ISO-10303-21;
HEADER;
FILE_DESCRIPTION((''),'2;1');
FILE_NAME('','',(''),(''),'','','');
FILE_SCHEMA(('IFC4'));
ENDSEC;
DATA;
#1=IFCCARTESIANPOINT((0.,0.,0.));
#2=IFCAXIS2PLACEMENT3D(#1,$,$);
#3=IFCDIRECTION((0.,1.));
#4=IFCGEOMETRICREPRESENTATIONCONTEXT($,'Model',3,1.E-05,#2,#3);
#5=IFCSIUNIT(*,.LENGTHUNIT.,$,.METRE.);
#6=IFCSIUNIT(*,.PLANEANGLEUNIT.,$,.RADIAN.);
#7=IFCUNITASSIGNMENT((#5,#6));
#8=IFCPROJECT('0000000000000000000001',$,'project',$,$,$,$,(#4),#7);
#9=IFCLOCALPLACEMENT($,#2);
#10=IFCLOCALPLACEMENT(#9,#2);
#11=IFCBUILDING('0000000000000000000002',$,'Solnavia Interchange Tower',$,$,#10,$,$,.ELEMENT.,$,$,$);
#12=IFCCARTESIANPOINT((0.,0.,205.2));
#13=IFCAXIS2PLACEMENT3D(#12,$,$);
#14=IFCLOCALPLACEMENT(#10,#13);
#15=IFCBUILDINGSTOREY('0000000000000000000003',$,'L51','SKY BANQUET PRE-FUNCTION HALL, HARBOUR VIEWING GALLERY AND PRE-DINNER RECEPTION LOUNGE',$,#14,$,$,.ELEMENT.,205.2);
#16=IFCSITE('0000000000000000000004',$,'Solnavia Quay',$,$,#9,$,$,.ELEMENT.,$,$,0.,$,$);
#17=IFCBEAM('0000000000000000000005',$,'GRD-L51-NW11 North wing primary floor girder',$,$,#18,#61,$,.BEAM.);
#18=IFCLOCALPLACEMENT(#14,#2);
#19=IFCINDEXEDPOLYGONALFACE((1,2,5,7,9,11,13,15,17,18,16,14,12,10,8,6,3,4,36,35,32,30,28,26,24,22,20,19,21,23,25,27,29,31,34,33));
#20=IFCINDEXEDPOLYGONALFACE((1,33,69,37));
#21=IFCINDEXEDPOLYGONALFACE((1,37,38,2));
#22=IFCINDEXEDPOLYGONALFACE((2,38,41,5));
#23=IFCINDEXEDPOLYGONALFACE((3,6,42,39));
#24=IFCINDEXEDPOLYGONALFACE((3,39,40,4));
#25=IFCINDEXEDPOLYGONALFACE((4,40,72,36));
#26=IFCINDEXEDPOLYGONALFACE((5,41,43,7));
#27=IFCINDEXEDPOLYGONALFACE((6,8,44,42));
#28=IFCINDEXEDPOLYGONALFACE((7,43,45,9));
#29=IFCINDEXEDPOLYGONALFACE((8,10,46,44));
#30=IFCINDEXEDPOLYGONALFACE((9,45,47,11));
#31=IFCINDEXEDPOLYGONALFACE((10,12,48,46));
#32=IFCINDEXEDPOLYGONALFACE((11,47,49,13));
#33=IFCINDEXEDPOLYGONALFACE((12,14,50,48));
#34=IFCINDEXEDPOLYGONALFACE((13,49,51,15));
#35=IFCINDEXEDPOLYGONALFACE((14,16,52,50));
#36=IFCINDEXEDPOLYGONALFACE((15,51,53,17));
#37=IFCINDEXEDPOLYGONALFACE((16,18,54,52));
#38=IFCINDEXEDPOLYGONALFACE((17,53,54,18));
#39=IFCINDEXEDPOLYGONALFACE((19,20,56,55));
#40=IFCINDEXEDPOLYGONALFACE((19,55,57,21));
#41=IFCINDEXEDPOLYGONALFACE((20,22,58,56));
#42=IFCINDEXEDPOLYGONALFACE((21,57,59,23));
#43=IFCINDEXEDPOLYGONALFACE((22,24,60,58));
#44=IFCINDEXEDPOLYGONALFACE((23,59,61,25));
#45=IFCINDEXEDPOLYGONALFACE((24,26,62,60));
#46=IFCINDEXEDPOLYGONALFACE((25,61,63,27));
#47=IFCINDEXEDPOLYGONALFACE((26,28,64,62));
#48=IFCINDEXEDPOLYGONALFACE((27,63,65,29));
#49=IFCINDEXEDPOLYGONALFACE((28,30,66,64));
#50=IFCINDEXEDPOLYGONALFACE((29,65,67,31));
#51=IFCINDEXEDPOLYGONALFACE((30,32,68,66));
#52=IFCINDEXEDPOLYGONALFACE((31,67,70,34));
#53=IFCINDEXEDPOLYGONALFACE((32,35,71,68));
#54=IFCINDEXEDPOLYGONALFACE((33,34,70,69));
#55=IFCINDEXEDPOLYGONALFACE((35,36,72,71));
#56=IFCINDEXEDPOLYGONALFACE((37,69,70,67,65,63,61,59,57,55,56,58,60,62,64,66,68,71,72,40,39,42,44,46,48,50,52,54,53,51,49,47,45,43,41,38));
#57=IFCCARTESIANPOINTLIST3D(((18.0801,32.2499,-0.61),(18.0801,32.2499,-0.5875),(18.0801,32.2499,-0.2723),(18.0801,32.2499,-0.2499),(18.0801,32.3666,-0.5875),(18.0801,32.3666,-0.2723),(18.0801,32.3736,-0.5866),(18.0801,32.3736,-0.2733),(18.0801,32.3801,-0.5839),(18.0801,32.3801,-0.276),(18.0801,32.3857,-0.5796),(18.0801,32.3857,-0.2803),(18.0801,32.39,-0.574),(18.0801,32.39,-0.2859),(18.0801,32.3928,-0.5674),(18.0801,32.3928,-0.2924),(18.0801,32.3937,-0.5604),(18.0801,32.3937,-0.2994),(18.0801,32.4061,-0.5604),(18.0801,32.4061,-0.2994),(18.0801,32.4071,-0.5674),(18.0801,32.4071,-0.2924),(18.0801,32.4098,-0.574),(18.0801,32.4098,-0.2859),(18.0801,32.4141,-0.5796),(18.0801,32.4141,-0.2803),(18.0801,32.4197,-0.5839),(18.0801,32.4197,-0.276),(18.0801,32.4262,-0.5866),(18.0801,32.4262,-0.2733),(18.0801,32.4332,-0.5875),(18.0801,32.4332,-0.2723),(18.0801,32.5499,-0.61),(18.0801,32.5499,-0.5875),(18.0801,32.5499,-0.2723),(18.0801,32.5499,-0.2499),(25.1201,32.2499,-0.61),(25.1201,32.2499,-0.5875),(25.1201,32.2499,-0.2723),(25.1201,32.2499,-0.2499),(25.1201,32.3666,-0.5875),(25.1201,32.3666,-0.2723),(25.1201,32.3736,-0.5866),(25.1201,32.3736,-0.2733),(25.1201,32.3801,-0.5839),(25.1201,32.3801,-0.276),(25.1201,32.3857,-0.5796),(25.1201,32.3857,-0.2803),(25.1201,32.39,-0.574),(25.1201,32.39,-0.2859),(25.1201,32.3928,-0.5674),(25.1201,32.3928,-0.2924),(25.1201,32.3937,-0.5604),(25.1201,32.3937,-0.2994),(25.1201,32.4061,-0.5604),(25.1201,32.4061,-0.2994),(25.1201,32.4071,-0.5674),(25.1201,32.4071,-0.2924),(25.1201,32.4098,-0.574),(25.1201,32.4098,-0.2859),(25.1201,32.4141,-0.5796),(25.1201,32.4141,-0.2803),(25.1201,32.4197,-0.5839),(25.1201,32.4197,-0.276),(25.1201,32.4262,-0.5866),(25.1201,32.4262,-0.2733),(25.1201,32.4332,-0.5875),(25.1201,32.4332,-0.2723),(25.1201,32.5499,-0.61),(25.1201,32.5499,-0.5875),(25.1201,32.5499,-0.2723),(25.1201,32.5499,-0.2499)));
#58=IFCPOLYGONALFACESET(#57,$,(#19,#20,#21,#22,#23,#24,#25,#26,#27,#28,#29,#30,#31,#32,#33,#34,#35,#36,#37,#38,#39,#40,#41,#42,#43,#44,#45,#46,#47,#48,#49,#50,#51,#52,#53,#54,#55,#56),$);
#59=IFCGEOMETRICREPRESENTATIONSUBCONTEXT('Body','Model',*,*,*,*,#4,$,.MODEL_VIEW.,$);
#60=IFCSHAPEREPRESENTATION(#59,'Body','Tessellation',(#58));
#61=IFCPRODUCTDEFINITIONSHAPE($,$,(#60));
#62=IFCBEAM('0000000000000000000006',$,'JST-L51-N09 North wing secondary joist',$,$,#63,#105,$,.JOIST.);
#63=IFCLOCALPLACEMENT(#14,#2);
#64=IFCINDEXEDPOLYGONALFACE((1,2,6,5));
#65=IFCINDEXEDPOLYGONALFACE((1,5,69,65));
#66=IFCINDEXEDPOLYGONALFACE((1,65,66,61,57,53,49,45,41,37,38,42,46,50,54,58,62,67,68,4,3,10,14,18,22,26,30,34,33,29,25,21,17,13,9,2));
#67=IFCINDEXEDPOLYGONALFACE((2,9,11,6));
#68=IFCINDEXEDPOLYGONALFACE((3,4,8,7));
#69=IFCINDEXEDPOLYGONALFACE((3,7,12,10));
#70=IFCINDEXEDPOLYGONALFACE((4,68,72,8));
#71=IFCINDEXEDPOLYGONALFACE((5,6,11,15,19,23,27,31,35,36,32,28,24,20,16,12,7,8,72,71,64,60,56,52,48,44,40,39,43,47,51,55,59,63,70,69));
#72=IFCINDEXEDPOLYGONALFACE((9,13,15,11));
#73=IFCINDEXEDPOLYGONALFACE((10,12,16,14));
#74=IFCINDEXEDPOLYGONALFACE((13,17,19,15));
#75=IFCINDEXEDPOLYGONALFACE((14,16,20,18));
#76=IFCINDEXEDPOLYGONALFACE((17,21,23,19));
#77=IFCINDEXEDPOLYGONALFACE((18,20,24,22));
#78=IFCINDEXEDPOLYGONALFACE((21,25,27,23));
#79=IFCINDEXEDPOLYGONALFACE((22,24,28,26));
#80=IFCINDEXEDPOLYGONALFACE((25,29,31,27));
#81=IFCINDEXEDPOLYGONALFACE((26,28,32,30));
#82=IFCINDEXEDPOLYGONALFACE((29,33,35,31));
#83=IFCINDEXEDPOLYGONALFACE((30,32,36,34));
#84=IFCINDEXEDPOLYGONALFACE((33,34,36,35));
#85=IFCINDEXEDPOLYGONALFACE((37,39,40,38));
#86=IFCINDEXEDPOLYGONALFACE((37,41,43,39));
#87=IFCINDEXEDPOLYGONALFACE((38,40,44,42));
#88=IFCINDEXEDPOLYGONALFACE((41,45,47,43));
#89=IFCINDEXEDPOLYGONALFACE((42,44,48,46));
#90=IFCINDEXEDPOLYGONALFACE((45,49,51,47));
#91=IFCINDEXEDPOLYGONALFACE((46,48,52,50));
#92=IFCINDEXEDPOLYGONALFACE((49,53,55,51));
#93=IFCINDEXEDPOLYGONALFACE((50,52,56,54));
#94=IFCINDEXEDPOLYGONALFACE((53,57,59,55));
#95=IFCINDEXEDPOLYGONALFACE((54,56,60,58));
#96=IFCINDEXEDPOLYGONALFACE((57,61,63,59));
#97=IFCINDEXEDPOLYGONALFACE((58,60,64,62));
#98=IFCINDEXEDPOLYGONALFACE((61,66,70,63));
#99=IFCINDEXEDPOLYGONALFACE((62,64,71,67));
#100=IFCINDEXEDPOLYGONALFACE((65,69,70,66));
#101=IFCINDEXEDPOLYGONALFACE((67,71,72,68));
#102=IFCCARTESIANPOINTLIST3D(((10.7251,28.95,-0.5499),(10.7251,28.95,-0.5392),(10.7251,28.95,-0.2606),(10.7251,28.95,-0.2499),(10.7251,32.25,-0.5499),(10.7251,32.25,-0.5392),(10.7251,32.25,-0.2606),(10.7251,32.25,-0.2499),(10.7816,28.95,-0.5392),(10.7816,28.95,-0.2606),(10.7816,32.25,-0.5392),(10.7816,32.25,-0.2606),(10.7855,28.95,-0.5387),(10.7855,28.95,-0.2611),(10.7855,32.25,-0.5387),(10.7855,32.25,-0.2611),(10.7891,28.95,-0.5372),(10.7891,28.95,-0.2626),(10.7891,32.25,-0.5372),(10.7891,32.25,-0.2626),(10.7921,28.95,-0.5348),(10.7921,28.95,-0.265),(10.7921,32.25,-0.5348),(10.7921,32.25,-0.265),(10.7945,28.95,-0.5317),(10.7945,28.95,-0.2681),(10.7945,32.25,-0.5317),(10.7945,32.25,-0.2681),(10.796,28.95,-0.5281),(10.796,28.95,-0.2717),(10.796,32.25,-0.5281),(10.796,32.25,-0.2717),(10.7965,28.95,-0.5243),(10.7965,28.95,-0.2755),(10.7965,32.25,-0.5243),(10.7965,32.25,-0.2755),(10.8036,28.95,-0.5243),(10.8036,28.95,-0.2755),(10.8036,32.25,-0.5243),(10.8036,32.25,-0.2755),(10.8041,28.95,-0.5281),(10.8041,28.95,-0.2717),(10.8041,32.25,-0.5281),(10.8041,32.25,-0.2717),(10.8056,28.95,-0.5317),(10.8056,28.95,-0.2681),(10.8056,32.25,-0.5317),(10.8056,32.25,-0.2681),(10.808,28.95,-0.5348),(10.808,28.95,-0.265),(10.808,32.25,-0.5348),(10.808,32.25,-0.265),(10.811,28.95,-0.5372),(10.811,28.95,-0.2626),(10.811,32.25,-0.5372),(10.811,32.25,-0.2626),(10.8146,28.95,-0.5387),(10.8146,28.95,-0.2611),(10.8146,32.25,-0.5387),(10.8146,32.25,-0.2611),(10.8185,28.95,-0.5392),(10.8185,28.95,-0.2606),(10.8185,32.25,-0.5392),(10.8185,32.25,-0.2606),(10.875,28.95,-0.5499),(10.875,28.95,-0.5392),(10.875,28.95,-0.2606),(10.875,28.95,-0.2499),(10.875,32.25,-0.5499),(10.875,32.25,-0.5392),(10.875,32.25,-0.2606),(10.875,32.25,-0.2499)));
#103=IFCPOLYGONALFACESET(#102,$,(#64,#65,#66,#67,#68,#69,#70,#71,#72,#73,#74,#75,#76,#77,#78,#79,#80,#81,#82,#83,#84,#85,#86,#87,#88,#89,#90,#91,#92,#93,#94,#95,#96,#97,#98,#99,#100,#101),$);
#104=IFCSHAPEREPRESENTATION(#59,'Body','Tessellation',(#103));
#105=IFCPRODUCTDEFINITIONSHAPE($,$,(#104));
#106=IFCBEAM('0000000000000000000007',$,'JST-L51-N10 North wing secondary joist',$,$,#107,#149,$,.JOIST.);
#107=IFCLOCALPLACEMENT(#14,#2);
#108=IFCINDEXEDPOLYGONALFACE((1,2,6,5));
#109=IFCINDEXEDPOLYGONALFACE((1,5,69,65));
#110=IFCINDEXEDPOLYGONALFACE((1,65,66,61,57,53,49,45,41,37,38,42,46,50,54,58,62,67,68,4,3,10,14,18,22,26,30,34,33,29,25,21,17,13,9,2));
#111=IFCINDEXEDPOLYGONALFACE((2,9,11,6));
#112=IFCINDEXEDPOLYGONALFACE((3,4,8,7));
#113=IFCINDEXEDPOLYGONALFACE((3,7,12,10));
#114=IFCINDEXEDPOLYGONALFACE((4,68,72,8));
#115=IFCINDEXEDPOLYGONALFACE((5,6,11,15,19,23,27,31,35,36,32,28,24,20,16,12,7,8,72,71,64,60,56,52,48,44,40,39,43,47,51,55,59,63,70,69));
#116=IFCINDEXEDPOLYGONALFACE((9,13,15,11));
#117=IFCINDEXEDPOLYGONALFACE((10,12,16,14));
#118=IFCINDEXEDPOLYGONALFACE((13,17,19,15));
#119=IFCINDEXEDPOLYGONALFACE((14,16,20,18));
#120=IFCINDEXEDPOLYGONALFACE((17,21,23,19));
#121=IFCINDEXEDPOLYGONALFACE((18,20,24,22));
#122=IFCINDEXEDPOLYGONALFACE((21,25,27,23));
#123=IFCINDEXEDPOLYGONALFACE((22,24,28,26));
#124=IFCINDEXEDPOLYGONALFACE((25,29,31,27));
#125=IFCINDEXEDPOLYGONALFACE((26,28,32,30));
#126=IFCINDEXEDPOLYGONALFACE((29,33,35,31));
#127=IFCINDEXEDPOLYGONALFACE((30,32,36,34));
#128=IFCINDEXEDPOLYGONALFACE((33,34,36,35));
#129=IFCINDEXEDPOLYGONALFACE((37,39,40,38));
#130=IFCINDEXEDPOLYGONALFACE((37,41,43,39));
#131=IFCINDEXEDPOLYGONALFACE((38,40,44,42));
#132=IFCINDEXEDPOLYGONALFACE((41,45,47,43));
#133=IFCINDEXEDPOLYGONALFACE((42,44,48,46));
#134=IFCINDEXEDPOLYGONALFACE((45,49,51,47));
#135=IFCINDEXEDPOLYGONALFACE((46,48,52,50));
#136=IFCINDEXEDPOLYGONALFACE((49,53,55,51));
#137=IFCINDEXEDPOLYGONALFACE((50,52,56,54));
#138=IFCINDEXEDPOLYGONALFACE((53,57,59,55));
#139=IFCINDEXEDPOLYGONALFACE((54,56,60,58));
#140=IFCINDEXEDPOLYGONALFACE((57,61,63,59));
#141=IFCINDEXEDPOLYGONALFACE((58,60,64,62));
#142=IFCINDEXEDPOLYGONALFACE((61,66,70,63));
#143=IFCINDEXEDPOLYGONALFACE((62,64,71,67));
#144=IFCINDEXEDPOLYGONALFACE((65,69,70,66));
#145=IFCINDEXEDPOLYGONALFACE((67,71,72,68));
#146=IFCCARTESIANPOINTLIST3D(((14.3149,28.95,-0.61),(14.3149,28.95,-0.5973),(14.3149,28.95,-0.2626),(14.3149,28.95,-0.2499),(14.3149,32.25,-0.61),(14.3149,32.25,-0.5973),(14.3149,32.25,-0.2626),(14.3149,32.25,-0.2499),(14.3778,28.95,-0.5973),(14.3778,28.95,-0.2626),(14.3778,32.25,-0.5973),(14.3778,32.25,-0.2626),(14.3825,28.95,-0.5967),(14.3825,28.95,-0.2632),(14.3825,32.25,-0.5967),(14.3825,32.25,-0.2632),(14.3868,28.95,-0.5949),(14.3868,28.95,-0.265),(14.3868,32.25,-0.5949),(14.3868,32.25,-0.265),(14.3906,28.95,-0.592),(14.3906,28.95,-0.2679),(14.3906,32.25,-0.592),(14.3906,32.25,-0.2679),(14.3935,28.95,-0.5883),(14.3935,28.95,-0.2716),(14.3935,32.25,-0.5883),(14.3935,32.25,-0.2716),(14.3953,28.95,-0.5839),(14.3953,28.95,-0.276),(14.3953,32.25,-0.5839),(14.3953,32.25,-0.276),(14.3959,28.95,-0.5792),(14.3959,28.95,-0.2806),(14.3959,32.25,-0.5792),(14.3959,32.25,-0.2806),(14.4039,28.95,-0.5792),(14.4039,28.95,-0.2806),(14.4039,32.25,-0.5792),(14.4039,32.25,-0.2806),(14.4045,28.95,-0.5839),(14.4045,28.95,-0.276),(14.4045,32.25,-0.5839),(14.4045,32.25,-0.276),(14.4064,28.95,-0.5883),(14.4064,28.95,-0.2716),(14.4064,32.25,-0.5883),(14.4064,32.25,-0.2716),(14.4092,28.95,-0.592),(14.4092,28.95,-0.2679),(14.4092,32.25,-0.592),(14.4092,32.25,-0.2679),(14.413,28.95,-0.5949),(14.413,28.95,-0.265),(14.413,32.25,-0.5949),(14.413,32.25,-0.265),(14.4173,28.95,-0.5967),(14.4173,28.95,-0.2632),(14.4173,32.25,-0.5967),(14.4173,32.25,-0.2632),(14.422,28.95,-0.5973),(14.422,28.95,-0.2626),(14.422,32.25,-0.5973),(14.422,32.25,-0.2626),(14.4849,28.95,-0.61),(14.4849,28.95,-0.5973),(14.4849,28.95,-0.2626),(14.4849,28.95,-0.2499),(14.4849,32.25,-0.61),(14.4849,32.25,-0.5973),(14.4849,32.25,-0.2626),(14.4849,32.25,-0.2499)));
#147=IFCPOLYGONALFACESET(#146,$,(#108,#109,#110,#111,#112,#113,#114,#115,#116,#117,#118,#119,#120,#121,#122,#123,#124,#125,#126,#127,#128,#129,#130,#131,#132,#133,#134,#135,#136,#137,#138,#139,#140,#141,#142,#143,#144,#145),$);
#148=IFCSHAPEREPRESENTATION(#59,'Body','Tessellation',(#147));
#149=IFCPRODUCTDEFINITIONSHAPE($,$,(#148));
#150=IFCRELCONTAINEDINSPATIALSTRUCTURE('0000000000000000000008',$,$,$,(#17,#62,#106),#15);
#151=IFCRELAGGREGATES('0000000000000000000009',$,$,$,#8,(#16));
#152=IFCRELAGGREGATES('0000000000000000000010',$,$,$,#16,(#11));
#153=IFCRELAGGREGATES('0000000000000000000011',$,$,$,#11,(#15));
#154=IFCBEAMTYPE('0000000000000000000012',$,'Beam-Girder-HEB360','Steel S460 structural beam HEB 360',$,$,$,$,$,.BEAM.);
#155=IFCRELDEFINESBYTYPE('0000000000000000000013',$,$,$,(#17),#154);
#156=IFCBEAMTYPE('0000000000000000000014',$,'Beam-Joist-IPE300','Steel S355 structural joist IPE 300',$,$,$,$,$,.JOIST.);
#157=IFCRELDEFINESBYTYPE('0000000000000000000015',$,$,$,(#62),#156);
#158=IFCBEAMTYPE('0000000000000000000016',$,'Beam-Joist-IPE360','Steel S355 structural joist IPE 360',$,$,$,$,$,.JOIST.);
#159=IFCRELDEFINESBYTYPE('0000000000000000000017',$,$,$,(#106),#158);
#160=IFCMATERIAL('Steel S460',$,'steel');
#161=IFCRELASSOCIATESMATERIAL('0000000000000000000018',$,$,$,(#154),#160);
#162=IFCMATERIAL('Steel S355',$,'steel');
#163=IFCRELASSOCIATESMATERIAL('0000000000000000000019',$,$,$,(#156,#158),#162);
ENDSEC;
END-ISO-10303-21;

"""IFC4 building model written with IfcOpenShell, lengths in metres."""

from ifc_helpers import new_model, si_unit, direction, frame, origin, origin_2d, place, context, subcontext, project, spatial, i_section, extrude, material, material_profile, profile_set, type_object, element, save


model = new_model("IFC4")

# Units and contexts
model_context = context("Model", 3, precision=1e-05, world=origin(), true_north=direction((0.0, 1.0)))
body_context = subcontext(model_context, "Body", "Model", "MODEL_VIEW")
ifc_project = project(units=[si_unit("LENGTHUNIT", "METRE"), si_unit("PLANEANGLEUNIT", "RADIAN")], contexts=[model_context])

# Site, building, storey
site_placement = place(None, origin())
site = spatial("IfcSite", under=ifc_project, at=site_placement, Name="Solnavia Quay", CompositionType="ELEMENT", RefElevation=0.0)
building_placement = place(site_placement, origin())
building = spatial("IfcBuilding", under=site, at=building_placement, Name="Solnavia Interchange Tower", CompositionType="ELEMENT")
storey_placement = place(building_placement, frame((0.0, 0.0, 205.2)))
storey = spatial("IfcBuildingStorey", under=building, at=storey_placement, Name="L51", Description="SKY BANQUET PRE-FUNCTION HALL, HARBOUR VIEWING GALLERY AND PRE-DINNER RECEPTION LOUNGE", CompositionType="ELEMENT", Elevation=205.2)

# Shared definitions
ifc_material_1 = material(Name="Steel S355", Category="steel")

# Beams
ifc_material_2 = material(Name="Steel S460", Category="steel")
ifc_material_profile_1 = material_profile(ifc_material_2, i_section(OverallWidth=0.3, OverallDepth=0.3601, WebThickness=0.0125, FlangeThickness=0.0225, FilletRadius=0.0271, at=origin_2d()), Name="HEB 360")
ifc_profile_set_1 = profile_set([ifc_material_profile_1], Name="Steel S460")
beam_type_1 = type_object("IfcBeamType", Name="Beam-Girder-HEB360", Description="Steel S460 structural beam HEB 360", PredefinedType="BEAM", material=ifc_profile_set_1)
beam_1_placement = place(storey_placement, frame((18.0801, 32.3999, -0.4299), z_axis=(1.0, 0.0, 0.0), x_axis=(0.0, 1.0, 0.0)))
element("IfcBeam", 1, at=beam_1_placement, inside=storey, type_object=beam_type_1, Name="GRD-L51-NW11 North wing primary floor girder", PredefinedType="BEAM", context=body_context, shape_type="SweptSolid", body=[
    extrude(i_section(OverallWidth=0.3, OverallDepth=0.3601, WebThickness=0.0125, FlangeThickness=0.0225, FilletRadius=0.0271, at=origin_2d()), origin(), (0.0, 0.0, 1.0), 7.04),
])
ifc_material_profile_2 = material_profile(ifc_material_1, i_section(OverallWidth=0.1499, OverallDepth=0.3, WebThickness=0.0071, FlangeThickness=0.0107, FilletRadius=0.0149, at=origin_2d()), Name="IPE 300")
ifc_profile_set_2 = profile_set([ifc_material_profile_2], Name="Steel S355")
beam_type_2 = type_object("IfcBeamType", Name="Beam-Joist-IPE300", Description="Steel S355 structural joist IPE 300", PredefinedType="JOIST", material=ifc_profile_set_2)
beam_2_placement = place(storey_placement, frame((10.8, 28.95, -0.3999), z_axis=(0.0, 1.0, 0.0), x_axis=(-1.0, 0.0, 0.0)))
element("IfcBeam", 2, at=beam_2_placement, inside=storey, type_object=beam_type_2, Name="JST-L51-N09 North wing secondary joist", PredefinedType="JOIST", context=body_context, shape_type="SweptSolid", body=[
    extrude(i_section(OverallWidth=0.1499, OverallDepth=0.3, WebThickness=0.0071, FlangeThickness=0.0107, FilletRadius=0.0149, at=origin_2d()), origin(), (0.0, 0.0, 1.0), 3.3),
])
ifc_material_profile_3 = material_profile(ifc_material_1, i_section(OverallWidth=0.1699, OverallDepth=0.3601, WebThickness=0.0081, FlangeThickness=0.0127, FilletRadius=0.0181, at=origin_2d()), Name="IPE 360")
ifc_profile_set_3 = profile_set([ifc_material_profile_3], Name="Steel S355")
beam_type_3 = type_object("IfcBeamType", Name="Beam-Joist-IPE360", Description="Steel S355 structural joist IPE 360", PredefinedType="JOIST", material=ifc_profile_set_3)
beam_3_placement = place(storey_placement, frame((14.3999, 28.95, -0.4299), z_axis=(0.0, 1.0, 0.0), x_axis=(-1.0, 0.0, 0.0)))
element("IfcBeam", 3, at=beam_3_placement, inside=storey, type_object=beam_type_3, Name="JST-L51-N10 North wing secondary joist", PredefinedType="JOIST", context=body_context, shape_type="SweptSolid", body=[
    extrude(i_section(OverallWidth=0.1699, OverallDepth=0.3601, WebThickness=0.0081, FlangeThickness=0.0127, FilletRadius=0.0181, at=origin_2d()), origin(), (0.0, 0.0, 1.0), 3.3),
])

save(model, "model.ifc")
